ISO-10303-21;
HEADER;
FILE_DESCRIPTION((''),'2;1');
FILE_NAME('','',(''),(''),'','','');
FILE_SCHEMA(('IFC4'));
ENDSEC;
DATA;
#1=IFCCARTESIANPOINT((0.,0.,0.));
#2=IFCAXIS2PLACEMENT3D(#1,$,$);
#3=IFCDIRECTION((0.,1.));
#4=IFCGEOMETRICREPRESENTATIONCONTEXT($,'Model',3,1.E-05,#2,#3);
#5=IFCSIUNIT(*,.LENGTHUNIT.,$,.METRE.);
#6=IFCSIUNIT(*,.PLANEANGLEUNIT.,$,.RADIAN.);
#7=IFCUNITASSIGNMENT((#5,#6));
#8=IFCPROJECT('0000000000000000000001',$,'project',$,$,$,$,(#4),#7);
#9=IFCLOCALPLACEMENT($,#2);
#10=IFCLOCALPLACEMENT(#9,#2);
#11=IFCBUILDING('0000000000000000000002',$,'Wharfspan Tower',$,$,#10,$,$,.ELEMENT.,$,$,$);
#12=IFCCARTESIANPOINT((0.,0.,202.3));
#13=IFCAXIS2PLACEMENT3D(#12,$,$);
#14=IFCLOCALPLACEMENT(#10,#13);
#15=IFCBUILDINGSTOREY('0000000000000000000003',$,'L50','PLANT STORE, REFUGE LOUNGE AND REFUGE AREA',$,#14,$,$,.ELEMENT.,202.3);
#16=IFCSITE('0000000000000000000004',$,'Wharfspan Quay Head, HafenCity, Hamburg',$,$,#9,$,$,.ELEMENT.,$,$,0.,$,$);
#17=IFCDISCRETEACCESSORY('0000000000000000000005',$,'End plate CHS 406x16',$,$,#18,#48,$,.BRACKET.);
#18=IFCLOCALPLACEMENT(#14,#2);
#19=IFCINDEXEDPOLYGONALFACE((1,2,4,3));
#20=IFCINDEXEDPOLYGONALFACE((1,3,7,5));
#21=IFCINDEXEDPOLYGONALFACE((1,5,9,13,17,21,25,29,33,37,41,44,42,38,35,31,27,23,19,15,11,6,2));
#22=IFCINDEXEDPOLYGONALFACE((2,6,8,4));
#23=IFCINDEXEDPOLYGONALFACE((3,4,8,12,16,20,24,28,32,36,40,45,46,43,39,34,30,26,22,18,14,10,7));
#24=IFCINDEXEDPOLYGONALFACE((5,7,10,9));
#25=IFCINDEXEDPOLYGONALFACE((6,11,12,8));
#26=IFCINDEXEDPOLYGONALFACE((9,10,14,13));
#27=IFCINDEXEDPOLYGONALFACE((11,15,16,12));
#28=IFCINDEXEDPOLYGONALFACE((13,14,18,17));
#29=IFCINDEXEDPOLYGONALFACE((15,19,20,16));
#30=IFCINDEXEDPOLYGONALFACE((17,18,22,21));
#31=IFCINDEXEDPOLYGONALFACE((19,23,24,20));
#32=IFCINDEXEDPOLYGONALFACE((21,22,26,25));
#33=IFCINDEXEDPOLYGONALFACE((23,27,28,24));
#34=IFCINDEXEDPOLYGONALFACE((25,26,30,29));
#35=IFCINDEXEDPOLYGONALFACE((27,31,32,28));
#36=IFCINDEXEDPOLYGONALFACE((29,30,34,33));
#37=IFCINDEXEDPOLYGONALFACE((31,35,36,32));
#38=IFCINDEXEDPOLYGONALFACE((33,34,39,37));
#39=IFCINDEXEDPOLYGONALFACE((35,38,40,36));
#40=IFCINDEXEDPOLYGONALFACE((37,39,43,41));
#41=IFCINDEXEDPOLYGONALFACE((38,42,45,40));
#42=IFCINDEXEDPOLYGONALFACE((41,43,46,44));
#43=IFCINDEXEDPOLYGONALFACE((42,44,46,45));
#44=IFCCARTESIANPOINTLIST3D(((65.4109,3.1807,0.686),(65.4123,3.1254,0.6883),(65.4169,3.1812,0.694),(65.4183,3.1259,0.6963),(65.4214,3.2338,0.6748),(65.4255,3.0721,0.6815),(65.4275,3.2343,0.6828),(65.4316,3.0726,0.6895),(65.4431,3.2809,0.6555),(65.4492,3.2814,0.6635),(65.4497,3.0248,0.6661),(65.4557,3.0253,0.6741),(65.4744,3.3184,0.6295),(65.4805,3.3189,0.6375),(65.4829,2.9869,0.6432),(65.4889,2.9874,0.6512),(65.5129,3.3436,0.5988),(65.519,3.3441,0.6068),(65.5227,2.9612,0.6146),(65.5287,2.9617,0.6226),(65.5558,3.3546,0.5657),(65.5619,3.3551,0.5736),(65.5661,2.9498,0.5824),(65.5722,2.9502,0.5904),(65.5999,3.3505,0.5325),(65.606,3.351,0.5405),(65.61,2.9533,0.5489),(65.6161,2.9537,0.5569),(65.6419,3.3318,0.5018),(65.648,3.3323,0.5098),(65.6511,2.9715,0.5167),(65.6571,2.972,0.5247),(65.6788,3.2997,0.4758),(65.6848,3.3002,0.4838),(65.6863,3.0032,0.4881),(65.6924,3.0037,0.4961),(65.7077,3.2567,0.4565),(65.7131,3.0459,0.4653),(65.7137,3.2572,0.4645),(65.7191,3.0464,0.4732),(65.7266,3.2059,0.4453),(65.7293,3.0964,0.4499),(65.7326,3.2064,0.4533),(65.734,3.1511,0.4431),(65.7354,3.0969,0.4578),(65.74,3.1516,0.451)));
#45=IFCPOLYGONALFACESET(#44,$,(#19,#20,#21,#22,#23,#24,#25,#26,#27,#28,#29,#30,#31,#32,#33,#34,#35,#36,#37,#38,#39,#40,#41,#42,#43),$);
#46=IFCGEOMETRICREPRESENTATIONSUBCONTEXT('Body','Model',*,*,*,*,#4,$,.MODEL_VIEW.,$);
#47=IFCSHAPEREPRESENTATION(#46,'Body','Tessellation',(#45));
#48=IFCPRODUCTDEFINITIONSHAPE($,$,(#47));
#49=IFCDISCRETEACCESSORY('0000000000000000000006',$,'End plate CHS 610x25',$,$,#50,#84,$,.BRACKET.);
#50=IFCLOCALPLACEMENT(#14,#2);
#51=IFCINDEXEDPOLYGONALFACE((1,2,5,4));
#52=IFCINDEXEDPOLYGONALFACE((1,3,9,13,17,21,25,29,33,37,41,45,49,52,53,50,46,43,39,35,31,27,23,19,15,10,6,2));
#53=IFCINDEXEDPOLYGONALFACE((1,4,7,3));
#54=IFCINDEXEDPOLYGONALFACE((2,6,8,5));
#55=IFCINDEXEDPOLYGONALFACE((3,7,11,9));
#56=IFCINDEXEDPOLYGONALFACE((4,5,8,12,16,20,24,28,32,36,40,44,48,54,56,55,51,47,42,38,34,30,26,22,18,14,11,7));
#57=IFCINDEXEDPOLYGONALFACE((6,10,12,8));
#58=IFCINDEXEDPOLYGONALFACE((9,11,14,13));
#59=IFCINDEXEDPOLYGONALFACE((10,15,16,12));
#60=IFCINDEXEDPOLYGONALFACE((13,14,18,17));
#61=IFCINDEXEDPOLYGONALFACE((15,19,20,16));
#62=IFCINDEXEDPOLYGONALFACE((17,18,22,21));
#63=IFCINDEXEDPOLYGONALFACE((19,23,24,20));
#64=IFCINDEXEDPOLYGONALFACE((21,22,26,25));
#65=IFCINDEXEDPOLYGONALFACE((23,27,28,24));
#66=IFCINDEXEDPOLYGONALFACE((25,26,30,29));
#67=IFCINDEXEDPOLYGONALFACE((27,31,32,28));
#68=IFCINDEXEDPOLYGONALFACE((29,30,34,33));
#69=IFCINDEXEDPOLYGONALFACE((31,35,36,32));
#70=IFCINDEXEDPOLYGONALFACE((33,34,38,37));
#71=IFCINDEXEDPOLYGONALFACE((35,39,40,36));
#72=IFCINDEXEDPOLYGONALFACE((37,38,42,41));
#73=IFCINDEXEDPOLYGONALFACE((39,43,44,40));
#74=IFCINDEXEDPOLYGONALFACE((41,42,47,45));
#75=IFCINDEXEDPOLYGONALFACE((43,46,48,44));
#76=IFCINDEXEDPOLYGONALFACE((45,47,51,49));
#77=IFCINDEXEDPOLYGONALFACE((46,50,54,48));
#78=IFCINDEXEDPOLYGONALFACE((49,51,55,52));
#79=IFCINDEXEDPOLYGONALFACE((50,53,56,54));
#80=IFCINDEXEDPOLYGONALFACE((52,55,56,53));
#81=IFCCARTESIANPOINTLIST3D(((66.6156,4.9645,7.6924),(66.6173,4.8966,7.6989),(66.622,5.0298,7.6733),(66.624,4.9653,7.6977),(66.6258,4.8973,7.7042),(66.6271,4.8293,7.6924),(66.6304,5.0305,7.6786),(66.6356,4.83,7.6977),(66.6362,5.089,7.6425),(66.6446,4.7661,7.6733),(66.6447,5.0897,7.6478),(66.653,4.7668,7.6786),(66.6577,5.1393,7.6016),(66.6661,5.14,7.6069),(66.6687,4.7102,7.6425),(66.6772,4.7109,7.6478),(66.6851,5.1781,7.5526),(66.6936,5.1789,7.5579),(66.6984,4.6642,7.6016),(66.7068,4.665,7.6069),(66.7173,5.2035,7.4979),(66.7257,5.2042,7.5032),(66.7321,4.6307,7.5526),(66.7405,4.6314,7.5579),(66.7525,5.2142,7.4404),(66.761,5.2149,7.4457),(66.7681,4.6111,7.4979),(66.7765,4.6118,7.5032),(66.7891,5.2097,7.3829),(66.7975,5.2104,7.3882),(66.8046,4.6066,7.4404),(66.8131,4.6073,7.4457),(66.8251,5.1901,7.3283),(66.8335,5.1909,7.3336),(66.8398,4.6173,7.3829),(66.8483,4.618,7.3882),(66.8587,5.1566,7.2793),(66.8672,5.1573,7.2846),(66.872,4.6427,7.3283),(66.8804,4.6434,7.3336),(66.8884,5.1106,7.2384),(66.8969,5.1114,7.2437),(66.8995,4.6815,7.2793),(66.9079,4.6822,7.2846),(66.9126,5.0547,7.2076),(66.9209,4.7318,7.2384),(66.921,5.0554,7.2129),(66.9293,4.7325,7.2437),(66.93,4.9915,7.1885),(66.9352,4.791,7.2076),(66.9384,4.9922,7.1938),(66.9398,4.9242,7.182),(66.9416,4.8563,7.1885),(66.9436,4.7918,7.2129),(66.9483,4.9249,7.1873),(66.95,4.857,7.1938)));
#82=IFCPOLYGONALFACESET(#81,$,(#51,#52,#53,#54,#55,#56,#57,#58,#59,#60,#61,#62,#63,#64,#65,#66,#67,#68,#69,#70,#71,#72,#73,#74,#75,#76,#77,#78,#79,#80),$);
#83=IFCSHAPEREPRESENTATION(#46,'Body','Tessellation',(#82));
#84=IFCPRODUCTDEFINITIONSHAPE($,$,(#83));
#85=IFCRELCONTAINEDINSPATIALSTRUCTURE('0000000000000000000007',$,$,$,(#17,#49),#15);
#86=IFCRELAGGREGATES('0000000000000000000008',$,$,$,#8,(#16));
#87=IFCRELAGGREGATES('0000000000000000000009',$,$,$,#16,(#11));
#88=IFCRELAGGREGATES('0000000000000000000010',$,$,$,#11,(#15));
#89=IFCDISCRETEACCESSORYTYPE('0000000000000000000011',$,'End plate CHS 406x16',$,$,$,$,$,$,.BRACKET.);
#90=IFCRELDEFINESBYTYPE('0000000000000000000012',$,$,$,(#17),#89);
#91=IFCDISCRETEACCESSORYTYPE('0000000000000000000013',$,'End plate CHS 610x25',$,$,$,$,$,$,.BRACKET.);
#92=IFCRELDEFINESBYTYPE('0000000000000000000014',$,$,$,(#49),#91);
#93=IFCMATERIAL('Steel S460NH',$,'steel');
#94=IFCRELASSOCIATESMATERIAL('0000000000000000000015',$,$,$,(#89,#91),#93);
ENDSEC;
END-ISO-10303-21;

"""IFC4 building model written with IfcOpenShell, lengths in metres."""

from ifc_helpers import new_model, si_unit, direction, frame, origin, origin_2d, place, context, subcontext, project, spatial, circle, extrude, material, material_profile, profile_set, type_object, element, save


model = new_model("IFC4")

# Units and contexts
model_context = context("Model", 3, precision=1e-05, world=origin(), true_north=direction((0.0, 1.0)))
body_context = subcontext(model_context, "Body", "Model", "MODEL_VIEW")
ifc_project = project(units=[si_unit("LENGTHUNIT", "METRE"), si_unit("PLANEANGLEUNIT", "RADIAN")], contexts=[model_context])

# Site, building, storey
site_placement = place(None, origin())
site = spatial("IfcSite", under=ifc_project, at=site_placement, Name="Wharfspan Quay Head, HafenCity, Hamburg", CompositionType="ELEMENT", RefElevation=0.0)
building_placement = place(site_placement, origin())
building = spatial("IfcBuilding", under=site, at=building_placement, Name="Wharfspan Tower", CompositionType="ELEMENT")
storey_placement = place(building_placement, frame((0.0, 0.0, 202.3)))
storey = spatial("IfcBuildingStorey", under=building, at=storey_placement, Name="L50", Description="PLANT STORE, REFUGE LOUNGE AND REFUGE AREA", CompositionType="ELEMENT", Elevation=202.3)

# Shared definitions
ifc_material_1 = material(Name="Steel S460NH", Category="steel")

# Discrete accessories
ifc_material_profile_1 = material_profile(ifc_material_1, circle(Radius=0.2031, at=origin_2d()))
ifc_profile_set_1 = profile_set([ifc_material_profile_1], Name="Steel S460NH")
discrete_accessory_type_1 = type_object("IfcDiscreteAccessoryType", Name="End plate CHS 406x16", PredefinedType="BRACKET", material=ifc_profile_set_1)
for number, where, z_axis, x_axis, name in (
    (1, (65.572, 3.1521, 0.5657), (0.603154, 0.048252, 0.796164), (-0.079745, 0.996819, 0.0), "End plate CHS 406x16"),
):
    element("IfcDiscreteAccessory", number, at=place(storey_placement, frame(where, z_axis=z_axis, x_axis=x_axis)), inside=storey, type_object=discrete_accessory_type_1, Name=name, PredefinedType="BRACKET", context=body_context, shape_type="SweptSolid", body=[
        extrude(circle(Radius=0.2031, at=origin_2d()), origin(), (0.0, 0.0, 1.0), 0.01),
    ])
ifc_material_profile_2 = material_profile(ifc_material_1, circle(Radius=0.3049, at=origin_2d()))
ifc_profile_set_2 = profile_set([ifc_material_profile_2], Name="Steel S460NH")
discrete_accessory_type_2 = type_object("IfcDiscreteAccessoryType", Name="End plate CHS 610x25", PredefinedType="BRACKET", material=ifc_profile_set_2)
discrete_accessory_placement = place(storey_placement, frame((66.7786, 4.9104, 7.4404), z_axis=(0.844416, 0.072379, 0.530776), x_axis=(-0.085402, 0.99635, 0.0)))
element("IfcDiscreteAccessory", 2, at=discrete_accessory_placement, inside=storey, type_object=discrete_accessory_type_2, Name="End plate CHS 610x25", PredefinedType="BRACKET", context=body_context, shape_type="SweptSolid", body=[
    extrude(circle(Radius=0.3049, at=origin_2d()), origin(), (0.0, 0.0, 1.0), 0.01),
])

save(model, "model.ifc")
